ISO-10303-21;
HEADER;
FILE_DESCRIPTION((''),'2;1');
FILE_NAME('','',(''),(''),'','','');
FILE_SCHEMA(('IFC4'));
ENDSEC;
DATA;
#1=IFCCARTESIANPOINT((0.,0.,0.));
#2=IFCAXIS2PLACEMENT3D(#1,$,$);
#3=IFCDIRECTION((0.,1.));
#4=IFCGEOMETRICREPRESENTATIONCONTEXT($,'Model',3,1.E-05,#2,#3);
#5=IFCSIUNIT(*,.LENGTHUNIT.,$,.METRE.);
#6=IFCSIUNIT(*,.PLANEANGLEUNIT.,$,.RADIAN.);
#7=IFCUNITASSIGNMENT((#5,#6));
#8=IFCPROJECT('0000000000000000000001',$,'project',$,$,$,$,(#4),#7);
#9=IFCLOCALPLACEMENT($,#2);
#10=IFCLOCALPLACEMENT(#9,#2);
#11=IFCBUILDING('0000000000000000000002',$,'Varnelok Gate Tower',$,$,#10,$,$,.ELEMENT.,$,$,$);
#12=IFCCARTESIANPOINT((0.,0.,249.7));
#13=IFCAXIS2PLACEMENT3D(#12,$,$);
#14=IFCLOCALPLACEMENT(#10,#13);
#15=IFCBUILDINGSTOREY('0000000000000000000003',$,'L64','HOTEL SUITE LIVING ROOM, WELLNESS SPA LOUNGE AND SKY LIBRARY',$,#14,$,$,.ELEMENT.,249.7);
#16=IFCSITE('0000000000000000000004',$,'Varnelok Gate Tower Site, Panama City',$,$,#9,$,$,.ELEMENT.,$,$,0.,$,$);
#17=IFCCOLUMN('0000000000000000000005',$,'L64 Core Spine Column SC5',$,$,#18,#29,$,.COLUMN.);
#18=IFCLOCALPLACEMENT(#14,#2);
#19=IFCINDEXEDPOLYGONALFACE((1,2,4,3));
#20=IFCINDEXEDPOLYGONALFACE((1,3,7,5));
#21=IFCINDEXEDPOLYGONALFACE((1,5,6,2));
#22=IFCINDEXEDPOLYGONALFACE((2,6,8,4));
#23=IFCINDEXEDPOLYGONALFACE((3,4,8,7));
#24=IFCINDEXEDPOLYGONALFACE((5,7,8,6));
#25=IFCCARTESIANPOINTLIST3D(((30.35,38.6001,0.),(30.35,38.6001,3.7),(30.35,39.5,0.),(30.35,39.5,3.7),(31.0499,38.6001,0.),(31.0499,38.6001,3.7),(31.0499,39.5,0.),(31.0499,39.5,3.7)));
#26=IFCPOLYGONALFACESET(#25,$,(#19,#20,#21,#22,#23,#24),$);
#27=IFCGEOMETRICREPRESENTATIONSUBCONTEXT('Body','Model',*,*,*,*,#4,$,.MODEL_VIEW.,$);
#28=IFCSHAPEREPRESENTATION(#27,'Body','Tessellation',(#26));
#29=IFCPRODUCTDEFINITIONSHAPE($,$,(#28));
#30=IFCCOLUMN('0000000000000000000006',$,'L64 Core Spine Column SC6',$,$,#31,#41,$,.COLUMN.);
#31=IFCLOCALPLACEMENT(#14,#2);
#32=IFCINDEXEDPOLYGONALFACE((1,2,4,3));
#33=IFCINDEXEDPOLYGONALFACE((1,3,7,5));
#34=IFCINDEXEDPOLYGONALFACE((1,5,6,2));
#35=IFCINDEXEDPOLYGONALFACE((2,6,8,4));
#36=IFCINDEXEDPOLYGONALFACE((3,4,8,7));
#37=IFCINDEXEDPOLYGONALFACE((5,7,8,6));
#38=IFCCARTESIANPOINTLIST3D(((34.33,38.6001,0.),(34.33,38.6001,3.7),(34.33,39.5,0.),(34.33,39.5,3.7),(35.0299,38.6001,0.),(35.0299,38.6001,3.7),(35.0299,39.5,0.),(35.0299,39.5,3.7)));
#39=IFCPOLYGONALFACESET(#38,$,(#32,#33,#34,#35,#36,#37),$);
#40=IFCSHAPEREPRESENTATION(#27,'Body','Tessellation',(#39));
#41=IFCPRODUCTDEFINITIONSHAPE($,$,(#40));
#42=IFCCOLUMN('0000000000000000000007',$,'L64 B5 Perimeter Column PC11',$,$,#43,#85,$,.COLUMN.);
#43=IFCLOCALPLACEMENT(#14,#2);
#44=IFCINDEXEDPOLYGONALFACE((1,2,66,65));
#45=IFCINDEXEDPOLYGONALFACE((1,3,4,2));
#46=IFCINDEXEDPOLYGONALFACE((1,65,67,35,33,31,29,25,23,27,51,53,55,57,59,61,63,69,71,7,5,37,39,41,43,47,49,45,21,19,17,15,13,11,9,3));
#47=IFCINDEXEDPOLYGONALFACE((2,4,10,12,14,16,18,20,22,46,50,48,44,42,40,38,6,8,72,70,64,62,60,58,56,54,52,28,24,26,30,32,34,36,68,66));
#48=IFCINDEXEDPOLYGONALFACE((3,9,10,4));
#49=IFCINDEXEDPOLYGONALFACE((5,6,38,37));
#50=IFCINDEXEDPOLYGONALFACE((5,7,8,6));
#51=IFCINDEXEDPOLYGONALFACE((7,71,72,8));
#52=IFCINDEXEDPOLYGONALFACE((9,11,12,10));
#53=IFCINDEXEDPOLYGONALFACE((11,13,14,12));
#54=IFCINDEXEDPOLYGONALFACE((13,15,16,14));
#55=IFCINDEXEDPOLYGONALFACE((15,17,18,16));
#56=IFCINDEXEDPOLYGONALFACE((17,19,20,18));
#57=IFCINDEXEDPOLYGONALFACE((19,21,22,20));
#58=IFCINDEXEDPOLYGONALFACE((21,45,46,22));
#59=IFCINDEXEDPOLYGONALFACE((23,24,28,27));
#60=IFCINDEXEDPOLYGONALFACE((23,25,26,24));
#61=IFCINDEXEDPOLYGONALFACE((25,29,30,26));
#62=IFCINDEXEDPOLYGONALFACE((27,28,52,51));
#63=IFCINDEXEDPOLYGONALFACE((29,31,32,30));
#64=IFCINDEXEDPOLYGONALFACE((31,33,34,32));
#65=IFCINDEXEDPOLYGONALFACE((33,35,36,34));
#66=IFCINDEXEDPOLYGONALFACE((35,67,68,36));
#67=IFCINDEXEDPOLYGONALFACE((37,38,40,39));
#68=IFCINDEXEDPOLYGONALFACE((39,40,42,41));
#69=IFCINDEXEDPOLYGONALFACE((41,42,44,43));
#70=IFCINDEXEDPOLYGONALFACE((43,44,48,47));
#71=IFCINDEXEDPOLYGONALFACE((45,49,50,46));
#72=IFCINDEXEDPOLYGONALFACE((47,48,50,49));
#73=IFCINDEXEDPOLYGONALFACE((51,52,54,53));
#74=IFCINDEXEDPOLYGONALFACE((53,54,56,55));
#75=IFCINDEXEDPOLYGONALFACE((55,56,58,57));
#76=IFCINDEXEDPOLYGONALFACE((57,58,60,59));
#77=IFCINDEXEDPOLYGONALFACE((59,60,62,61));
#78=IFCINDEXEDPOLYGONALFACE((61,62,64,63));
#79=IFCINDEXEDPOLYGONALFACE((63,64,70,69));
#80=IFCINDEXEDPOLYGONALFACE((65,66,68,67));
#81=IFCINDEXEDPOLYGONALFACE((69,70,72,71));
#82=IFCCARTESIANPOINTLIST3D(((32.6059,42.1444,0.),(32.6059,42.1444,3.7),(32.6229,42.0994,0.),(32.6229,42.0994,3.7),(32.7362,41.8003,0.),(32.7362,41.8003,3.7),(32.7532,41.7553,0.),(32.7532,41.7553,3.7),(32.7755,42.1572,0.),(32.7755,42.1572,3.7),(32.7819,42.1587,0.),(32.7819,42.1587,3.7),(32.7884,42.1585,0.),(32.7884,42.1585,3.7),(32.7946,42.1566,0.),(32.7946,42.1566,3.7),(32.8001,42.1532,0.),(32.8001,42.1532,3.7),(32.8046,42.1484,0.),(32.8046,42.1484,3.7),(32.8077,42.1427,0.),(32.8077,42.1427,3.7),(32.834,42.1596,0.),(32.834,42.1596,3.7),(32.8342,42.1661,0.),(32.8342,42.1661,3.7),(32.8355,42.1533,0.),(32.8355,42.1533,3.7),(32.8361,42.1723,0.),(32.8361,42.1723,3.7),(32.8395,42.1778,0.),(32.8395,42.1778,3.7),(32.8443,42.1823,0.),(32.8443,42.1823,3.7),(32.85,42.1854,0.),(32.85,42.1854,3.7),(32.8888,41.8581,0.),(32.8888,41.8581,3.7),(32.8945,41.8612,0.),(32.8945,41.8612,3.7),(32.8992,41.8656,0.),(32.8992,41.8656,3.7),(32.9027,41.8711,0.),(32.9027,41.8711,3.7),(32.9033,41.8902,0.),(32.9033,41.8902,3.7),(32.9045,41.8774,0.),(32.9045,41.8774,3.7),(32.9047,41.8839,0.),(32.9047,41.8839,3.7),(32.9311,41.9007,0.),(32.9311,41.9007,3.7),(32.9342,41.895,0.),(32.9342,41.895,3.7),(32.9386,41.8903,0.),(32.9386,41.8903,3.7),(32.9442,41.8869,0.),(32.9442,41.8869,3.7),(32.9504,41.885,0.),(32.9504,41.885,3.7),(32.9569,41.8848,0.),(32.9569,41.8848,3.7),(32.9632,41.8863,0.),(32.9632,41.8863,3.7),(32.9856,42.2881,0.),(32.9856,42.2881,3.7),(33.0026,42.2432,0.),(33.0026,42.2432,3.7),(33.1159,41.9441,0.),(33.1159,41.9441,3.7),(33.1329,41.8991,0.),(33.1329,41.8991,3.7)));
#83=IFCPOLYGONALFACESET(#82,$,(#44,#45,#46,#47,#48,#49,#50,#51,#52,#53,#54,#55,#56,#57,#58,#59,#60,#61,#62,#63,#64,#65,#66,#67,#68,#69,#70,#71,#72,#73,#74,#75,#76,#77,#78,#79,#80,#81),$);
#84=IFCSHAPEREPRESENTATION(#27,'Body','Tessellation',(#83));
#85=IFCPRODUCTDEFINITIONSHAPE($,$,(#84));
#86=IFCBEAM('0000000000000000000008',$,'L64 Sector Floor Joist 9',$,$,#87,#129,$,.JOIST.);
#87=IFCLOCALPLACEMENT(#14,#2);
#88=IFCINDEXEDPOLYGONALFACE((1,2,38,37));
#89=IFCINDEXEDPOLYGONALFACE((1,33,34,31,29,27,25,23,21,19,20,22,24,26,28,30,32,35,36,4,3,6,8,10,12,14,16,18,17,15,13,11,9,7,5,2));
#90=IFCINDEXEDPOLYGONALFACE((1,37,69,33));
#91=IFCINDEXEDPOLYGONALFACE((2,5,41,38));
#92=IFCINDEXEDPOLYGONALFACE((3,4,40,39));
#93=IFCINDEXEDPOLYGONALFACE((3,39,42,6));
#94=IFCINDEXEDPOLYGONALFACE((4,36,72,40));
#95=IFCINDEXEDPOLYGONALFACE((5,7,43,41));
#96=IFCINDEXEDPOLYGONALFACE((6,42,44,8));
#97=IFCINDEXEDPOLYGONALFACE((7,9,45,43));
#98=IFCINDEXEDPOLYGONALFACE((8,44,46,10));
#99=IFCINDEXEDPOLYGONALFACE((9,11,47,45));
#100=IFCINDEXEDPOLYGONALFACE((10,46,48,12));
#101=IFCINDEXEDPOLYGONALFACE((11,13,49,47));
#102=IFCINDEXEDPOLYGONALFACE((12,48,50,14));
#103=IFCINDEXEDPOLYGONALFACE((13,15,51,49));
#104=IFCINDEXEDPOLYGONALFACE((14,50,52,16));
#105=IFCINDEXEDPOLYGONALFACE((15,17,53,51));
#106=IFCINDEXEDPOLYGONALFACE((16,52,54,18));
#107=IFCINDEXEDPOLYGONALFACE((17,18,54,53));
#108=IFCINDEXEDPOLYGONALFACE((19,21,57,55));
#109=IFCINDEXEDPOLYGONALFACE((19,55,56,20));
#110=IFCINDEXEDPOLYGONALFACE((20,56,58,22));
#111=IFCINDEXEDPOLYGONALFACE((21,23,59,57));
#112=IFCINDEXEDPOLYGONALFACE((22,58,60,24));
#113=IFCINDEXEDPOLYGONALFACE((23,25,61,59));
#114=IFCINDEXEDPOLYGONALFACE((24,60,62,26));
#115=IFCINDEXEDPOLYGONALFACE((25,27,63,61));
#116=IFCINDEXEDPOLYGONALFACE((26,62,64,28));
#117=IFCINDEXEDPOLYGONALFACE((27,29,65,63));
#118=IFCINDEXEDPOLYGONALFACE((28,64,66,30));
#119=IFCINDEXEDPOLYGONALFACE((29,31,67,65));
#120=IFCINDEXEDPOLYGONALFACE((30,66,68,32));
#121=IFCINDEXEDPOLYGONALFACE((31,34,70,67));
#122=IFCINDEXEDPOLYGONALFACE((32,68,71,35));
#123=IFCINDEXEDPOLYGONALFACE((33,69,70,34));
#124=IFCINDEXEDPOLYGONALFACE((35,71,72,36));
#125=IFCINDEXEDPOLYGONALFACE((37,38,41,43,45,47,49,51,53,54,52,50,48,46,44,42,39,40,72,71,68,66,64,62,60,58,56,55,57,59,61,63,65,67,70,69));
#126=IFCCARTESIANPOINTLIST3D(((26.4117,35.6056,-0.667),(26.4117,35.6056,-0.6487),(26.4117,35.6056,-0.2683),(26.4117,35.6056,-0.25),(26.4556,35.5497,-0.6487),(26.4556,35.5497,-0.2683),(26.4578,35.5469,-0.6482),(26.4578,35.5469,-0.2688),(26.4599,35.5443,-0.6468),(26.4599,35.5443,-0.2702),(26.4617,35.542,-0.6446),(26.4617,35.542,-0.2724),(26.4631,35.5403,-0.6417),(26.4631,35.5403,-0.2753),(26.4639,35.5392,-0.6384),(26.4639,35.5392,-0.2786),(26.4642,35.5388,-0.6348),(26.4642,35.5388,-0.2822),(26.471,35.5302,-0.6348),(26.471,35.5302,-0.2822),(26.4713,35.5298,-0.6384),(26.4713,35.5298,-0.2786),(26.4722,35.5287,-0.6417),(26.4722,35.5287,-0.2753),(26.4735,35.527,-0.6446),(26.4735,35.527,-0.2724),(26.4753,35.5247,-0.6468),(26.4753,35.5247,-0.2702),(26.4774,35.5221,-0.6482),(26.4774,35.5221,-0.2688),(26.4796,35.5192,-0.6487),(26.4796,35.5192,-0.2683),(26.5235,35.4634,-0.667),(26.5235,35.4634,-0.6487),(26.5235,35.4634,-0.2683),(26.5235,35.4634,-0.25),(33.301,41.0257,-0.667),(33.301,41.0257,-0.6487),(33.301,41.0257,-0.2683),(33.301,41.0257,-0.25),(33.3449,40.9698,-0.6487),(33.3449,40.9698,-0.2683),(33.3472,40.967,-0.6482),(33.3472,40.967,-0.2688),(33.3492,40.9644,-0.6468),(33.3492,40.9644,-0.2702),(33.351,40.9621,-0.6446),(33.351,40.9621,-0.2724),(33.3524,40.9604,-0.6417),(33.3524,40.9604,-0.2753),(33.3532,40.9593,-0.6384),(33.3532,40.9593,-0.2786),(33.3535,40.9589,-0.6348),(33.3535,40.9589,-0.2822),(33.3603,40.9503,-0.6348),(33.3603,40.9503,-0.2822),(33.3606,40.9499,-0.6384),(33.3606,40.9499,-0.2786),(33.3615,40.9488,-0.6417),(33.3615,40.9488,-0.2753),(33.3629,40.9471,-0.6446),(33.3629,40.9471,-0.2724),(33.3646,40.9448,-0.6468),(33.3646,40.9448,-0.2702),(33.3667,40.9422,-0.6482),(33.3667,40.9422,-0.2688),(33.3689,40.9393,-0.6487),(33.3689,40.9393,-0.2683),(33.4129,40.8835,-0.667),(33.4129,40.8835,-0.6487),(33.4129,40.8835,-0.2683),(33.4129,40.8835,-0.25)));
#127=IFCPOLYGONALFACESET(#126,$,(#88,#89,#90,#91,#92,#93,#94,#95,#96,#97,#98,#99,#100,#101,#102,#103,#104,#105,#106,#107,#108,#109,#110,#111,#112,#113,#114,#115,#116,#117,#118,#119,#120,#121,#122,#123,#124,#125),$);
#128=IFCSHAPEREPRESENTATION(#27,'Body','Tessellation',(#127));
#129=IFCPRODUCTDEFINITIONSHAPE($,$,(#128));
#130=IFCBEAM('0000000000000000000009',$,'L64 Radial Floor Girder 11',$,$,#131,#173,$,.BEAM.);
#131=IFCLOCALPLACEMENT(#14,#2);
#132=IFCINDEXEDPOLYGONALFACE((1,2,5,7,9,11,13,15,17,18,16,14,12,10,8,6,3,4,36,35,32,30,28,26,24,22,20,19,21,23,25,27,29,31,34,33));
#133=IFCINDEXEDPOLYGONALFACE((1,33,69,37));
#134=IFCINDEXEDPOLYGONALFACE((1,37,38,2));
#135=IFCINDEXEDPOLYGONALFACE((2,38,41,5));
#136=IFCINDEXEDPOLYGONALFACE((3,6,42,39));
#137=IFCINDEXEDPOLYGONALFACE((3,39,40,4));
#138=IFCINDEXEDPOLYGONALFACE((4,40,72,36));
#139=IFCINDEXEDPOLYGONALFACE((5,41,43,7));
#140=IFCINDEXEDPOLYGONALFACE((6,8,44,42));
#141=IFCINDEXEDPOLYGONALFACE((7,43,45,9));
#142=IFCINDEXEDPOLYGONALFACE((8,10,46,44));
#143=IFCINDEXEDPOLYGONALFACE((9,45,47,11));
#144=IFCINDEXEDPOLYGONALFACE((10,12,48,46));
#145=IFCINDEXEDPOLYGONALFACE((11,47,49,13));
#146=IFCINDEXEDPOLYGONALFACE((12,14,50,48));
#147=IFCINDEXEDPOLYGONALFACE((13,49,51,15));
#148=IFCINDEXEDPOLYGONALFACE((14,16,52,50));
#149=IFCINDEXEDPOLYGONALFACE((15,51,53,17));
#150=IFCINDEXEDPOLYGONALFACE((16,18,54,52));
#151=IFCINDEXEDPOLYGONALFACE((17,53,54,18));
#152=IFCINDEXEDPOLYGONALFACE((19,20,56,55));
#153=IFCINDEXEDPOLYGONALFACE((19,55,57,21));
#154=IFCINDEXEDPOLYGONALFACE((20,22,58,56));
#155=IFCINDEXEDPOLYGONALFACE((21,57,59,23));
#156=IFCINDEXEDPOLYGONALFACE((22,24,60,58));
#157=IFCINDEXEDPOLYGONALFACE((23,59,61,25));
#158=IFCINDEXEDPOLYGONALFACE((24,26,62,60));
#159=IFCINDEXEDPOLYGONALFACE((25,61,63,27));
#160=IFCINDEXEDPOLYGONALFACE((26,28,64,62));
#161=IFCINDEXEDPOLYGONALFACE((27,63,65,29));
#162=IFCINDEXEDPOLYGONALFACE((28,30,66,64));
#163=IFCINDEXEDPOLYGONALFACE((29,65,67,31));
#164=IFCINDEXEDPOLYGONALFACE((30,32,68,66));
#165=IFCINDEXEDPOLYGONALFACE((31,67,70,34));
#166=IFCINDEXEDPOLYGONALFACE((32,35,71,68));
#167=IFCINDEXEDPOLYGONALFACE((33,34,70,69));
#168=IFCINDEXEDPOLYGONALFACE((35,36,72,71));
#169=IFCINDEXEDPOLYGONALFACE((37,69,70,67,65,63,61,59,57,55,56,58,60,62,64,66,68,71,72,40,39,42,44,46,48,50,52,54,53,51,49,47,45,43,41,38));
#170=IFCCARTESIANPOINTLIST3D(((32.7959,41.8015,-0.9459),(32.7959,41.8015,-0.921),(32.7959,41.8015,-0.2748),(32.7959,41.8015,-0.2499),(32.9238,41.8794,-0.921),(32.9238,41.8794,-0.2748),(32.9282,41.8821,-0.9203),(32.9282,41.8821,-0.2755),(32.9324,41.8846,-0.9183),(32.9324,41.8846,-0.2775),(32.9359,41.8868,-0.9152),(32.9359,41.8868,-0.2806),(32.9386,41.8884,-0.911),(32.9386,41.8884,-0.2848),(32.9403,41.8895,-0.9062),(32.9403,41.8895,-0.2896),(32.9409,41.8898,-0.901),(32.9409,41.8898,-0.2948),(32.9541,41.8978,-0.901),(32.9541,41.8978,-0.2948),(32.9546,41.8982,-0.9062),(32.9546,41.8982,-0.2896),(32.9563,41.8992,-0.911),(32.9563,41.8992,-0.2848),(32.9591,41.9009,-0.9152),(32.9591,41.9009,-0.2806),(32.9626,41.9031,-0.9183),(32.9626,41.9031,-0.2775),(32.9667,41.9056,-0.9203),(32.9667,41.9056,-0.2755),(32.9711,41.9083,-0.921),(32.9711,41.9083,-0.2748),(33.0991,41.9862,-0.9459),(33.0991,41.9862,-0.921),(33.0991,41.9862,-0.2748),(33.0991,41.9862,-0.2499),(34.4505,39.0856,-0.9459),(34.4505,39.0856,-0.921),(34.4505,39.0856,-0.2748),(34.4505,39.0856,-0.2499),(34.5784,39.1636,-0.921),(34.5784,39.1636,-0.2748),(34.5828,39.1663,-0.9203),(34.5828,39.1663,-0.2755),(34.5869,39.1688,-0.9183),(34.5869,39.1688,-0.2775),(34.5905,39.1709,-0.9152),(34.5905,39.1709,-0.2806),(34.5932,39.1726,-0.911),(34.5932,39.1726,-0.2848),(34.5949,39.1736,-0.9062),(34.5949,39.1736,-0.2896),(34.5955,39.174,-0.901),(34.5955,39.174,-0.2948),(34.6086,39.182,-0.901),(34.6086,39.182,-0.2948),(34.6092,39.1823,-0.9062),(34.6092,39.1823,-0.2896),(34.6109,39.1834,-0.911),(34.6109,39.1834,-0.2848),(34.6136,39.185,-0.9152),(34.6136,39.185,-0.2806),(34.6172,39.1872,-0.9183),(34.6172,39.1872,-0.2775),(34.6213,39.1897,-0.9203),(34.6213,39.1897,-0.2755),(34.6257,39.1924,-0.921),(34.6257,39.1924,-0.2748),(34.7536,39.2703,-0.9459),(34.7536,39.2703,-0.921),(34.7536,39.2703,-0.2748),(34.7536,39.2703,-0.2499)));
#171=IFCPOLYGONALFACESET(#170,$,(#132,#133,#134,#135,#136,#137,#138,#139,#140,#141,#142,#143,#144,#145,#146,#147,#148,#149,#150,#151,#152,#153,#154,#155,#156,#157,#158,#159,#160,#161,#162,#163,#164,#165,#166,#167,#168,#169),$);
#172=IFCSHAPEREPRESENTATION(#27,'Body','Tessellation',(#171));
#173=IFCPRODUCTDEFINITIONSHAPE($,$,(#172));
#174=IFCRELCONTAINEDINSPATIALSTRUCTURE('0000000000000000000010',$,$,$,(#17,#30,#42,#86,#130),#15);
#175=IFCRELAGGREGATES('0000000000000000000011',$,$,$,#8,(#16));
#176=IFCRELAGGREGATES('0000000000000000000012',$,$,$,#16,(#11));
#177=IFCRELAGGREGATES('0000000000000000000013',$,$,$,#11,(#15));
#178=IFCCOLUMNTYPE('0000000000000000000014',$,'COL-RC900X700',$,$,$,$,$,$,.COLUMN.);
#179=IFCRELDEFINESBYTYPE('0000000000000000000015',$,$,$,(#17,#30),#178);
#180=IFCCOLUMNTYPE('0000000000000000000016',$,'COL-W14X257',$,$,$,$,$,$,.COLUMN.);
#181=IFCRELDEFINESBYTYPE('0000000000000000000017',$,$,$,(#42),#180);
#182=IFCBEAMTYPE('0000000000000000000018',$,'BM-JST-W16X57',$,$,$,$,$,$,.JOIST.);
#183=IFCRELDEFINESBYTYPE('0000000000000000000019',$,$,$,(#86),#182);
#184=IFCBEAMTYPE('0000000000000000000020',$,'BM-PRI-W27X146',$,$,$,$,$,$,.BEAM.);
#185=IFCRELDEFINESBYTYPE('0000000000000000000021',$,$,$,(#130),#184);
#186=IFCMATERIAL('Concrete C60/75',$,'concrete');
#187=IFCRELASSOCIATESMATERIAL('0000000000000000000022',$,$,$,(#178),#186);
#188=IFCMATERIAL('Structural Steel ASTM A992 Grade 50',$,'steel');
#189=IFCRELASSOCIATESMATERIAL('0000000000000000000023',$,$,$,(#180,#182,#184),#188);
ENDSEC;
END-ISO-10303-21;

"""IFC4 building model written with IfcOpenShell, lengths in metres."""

from ifc_helpers import new_model, si_unit, direction, frame, origin, origin_2d, place, context, subcontext, project, spatial, rectangle, i_section, extrude, material, material_profile, profile_set, type_object, element, save


model = new_model("IFC4")

# Units and contexts
model_context = context("Model", 3, precision=1e-05, world=origin(), true_north=direction((0.0, 1.0)))
body_context = subcontext(model_context, "Body", "Model", "MODEL_VIEW")
ifc_project = project(units=[si_unit("LENGTHUNIT", "METRE"), si_unit("PLANEANGLEUNIT", "RADIAN")], contexts=[model_context])

# Site, building, storey
site_placement = place(None, origin())
site = spatial("IfcSite", under=ifc_project, at=site_placement, Name="Varnelok Gate Tower Site, Panama City", CompositionType="ELEMENT", RefElevation=0.0)
building_placement = place(site_placement, origin())
building = spatial("IfcBuilding", under=site, at=building_placement, Name="Varnelok Gate Tower", CompositionType="ELEMENT")
storey_placement = place(building_placement, frame((0.0, 0.0, 249.7)))
storey = spatial("IfcBuildingStorey", under=building, at=storey_placement, Name="L64", Description="HOTEL SUITE LIVING ROOM, WELLNESS SPA LOUNGE AND SKY LIBRARY", CompositionType="ELEMENT", Elevation=249.7)

# Columns
ifc_material_1 = material(Name="Concrete C60/75", Category="concrete")
ifc_material_profile_1 = material_profile(ifc_material_1, rectangle(XDim=0.7, YDim=0.8999, at=origin_2d()), Name="RC900X700")
ifc_profile_set_1 = profile_set([ifc_material_profile_1], Name="Concrete C60/75")
column_type_1 = type_object("IfcColumnType", Name="COL-RC900X700", PredefinedType="COLUMN", material=ifc_profile_set_1)
for number, where, z_axis, x_axis, name in (
    (1, (30.7, 39.05, 0.0), (0.0, 0.0, 1.0), (1.0, 0.0, 0.0), "L64 Core Spine Column SC5"),
    (2, (34.6799, 39.05, 0.0), (0.0, 0.0, 1.0), (1.0, 0.0, 0.0), "L64 Core Spine Column SC6"),
):
    element("IfcColumn", number, at=place(storey_placement, frame(where, z_axis=z_axis, x_axis=x_axis)), inside=storey, type_object=column_type_1, Name=name, PredefinedType="COLUMN", context=body_context, shape_type="SweptSolid", body=[
        extrude(rectangle(XDim=0.7, YDim=0.8999, at=origin_2d()), origin(), (0.0, 0.0, 1.0), 3.7),
    ])
ifc_material_2 = material(Name="Structural Steel ASTM A992 Grade 50", Category="steel")
ifc_material_profile_2 = material_profile(ifc_material_2, i_section(OverallWidth=0.406, OverallDepth=0.416, WebThickness=0.0298, FlangeThickness=0.0481, FilletRadius=0.0249, at=origin_2d()), Name="W14X257")
ifc_profile_set_2 = profile_set([ifc_material_profile_2], Name="Structural Steel ASTM A992 Grade 50")
column_type_2 = type_object("IfcColumnType", Name="COL-W14X257", PredefinedType="COLUMN", material=ifc_profile_set_2)
column_placement = place(storey_placement, frame((32.8694, 42.0217, 0.0), z_axis=(0.0, 0.0, 1.0), x_axis=(0.935222, 0.354063, 0.0)))
element("IfcColumn", 3, at=column_placement, inside=storey, type_object=column_type_2, Name="L64 B5 Perimeter Column PC11", PredefinedType="COLUMN", context=body_context, shape_type="SweptSolid", body=[
    extrude(i_section(OverallWidth=0.406, OverallDepth=0.416, WebThickness=0.0298, FlangeThickness=0.0481, FilletRadius=0.0249, at=origin_2d()), origin(), (0.0, 0.0, 1.0), 3.7),
])

# Beams
ifc_material_profile_3 = material_profile(ifc_material_2, i_section(OverallWidth=0.1809, OverallDepth=0.417, WebThickness=0.011, FlangeThickness=0.0183, FilletRadius=0.0139, at=origin_2d()), Name="W16X57")
ifc_profile_set_3 = profile_set([ifc_material_profile_3], Name="Structural Steel ASTM A992 Grade 50")
beam_type_1 = type_object("IfcBeamType", Name="BM-JST-W16X57", PredefinedType="JOIST", material=ifc_profile_set_3)
beam_1_placement = place(storey_placement, frame((33.3569, 40.9546, -0.4585), z_axis=(-0.785927, -0.61832, 0.0), x_axis=(0.61832, -0.785927, 0.0)))
element("IfcBeam", 4, at=beam_1_placement, inside=storey, type_object=beam_type_1, Name="L64 Sector Floor Joist 9", PredefinedType="JOIST", context=body_context, shape_type="SweptSolid", body=[
    extrude(i_section(OverallWidth=0.1809, OverallDepth=0.417, WebThickness=0.011, FlangeThickness=0.0183, FilletRadius=0.0139, at=origin_2d()), origin(), (0.0, 0.0, 1.0), 8.7659),
])
ifc_material_profile_4 = material_profile(ifc_material_2, i_section(OverallWidth=0.355, OverallDepth=0.696, WebThickness=0.0154, FlangeThickness=0.0249, FilletRadius=0.02, at=origin_2d()), Name="W27X146")
ifc_profile_set_4 = profile_set([ifc_material_profile_4], Name="Structural Steel ASTM A992 Grade 50")
beam_type_2 = type_object("IfcBeamType", Name="BM-PRI-W27X146", PredefinedType="BEAM", material=ifc_profile_set_4)
beam_2_placement = place(storey_placement, frame((34.6021, 39.178, -0.5979), z_axis=(-0.520276, 0.853998, 0.0), x_axis=(-0.853998, -0.520276, 0.0)))
element("IfcBeam", 5, at=beam_2_placement, inside=storey, type_object=beam_type_2, Name="L64 Radial Floor Girder 11", PredefinedType="BEAM", context=body_context, shape_type="SweptSolid", body=[
    extrude(i_section(OverallWidth=0.355, OverallDepth=0.696, WebThickness=0.0154, FlangeThickness=0.0249, FilletRadius=0.02, at=origin_2d()), origin(), (0.0, 0.0, 1.0), 3.1802),
])

save(model, "model.ifc")
